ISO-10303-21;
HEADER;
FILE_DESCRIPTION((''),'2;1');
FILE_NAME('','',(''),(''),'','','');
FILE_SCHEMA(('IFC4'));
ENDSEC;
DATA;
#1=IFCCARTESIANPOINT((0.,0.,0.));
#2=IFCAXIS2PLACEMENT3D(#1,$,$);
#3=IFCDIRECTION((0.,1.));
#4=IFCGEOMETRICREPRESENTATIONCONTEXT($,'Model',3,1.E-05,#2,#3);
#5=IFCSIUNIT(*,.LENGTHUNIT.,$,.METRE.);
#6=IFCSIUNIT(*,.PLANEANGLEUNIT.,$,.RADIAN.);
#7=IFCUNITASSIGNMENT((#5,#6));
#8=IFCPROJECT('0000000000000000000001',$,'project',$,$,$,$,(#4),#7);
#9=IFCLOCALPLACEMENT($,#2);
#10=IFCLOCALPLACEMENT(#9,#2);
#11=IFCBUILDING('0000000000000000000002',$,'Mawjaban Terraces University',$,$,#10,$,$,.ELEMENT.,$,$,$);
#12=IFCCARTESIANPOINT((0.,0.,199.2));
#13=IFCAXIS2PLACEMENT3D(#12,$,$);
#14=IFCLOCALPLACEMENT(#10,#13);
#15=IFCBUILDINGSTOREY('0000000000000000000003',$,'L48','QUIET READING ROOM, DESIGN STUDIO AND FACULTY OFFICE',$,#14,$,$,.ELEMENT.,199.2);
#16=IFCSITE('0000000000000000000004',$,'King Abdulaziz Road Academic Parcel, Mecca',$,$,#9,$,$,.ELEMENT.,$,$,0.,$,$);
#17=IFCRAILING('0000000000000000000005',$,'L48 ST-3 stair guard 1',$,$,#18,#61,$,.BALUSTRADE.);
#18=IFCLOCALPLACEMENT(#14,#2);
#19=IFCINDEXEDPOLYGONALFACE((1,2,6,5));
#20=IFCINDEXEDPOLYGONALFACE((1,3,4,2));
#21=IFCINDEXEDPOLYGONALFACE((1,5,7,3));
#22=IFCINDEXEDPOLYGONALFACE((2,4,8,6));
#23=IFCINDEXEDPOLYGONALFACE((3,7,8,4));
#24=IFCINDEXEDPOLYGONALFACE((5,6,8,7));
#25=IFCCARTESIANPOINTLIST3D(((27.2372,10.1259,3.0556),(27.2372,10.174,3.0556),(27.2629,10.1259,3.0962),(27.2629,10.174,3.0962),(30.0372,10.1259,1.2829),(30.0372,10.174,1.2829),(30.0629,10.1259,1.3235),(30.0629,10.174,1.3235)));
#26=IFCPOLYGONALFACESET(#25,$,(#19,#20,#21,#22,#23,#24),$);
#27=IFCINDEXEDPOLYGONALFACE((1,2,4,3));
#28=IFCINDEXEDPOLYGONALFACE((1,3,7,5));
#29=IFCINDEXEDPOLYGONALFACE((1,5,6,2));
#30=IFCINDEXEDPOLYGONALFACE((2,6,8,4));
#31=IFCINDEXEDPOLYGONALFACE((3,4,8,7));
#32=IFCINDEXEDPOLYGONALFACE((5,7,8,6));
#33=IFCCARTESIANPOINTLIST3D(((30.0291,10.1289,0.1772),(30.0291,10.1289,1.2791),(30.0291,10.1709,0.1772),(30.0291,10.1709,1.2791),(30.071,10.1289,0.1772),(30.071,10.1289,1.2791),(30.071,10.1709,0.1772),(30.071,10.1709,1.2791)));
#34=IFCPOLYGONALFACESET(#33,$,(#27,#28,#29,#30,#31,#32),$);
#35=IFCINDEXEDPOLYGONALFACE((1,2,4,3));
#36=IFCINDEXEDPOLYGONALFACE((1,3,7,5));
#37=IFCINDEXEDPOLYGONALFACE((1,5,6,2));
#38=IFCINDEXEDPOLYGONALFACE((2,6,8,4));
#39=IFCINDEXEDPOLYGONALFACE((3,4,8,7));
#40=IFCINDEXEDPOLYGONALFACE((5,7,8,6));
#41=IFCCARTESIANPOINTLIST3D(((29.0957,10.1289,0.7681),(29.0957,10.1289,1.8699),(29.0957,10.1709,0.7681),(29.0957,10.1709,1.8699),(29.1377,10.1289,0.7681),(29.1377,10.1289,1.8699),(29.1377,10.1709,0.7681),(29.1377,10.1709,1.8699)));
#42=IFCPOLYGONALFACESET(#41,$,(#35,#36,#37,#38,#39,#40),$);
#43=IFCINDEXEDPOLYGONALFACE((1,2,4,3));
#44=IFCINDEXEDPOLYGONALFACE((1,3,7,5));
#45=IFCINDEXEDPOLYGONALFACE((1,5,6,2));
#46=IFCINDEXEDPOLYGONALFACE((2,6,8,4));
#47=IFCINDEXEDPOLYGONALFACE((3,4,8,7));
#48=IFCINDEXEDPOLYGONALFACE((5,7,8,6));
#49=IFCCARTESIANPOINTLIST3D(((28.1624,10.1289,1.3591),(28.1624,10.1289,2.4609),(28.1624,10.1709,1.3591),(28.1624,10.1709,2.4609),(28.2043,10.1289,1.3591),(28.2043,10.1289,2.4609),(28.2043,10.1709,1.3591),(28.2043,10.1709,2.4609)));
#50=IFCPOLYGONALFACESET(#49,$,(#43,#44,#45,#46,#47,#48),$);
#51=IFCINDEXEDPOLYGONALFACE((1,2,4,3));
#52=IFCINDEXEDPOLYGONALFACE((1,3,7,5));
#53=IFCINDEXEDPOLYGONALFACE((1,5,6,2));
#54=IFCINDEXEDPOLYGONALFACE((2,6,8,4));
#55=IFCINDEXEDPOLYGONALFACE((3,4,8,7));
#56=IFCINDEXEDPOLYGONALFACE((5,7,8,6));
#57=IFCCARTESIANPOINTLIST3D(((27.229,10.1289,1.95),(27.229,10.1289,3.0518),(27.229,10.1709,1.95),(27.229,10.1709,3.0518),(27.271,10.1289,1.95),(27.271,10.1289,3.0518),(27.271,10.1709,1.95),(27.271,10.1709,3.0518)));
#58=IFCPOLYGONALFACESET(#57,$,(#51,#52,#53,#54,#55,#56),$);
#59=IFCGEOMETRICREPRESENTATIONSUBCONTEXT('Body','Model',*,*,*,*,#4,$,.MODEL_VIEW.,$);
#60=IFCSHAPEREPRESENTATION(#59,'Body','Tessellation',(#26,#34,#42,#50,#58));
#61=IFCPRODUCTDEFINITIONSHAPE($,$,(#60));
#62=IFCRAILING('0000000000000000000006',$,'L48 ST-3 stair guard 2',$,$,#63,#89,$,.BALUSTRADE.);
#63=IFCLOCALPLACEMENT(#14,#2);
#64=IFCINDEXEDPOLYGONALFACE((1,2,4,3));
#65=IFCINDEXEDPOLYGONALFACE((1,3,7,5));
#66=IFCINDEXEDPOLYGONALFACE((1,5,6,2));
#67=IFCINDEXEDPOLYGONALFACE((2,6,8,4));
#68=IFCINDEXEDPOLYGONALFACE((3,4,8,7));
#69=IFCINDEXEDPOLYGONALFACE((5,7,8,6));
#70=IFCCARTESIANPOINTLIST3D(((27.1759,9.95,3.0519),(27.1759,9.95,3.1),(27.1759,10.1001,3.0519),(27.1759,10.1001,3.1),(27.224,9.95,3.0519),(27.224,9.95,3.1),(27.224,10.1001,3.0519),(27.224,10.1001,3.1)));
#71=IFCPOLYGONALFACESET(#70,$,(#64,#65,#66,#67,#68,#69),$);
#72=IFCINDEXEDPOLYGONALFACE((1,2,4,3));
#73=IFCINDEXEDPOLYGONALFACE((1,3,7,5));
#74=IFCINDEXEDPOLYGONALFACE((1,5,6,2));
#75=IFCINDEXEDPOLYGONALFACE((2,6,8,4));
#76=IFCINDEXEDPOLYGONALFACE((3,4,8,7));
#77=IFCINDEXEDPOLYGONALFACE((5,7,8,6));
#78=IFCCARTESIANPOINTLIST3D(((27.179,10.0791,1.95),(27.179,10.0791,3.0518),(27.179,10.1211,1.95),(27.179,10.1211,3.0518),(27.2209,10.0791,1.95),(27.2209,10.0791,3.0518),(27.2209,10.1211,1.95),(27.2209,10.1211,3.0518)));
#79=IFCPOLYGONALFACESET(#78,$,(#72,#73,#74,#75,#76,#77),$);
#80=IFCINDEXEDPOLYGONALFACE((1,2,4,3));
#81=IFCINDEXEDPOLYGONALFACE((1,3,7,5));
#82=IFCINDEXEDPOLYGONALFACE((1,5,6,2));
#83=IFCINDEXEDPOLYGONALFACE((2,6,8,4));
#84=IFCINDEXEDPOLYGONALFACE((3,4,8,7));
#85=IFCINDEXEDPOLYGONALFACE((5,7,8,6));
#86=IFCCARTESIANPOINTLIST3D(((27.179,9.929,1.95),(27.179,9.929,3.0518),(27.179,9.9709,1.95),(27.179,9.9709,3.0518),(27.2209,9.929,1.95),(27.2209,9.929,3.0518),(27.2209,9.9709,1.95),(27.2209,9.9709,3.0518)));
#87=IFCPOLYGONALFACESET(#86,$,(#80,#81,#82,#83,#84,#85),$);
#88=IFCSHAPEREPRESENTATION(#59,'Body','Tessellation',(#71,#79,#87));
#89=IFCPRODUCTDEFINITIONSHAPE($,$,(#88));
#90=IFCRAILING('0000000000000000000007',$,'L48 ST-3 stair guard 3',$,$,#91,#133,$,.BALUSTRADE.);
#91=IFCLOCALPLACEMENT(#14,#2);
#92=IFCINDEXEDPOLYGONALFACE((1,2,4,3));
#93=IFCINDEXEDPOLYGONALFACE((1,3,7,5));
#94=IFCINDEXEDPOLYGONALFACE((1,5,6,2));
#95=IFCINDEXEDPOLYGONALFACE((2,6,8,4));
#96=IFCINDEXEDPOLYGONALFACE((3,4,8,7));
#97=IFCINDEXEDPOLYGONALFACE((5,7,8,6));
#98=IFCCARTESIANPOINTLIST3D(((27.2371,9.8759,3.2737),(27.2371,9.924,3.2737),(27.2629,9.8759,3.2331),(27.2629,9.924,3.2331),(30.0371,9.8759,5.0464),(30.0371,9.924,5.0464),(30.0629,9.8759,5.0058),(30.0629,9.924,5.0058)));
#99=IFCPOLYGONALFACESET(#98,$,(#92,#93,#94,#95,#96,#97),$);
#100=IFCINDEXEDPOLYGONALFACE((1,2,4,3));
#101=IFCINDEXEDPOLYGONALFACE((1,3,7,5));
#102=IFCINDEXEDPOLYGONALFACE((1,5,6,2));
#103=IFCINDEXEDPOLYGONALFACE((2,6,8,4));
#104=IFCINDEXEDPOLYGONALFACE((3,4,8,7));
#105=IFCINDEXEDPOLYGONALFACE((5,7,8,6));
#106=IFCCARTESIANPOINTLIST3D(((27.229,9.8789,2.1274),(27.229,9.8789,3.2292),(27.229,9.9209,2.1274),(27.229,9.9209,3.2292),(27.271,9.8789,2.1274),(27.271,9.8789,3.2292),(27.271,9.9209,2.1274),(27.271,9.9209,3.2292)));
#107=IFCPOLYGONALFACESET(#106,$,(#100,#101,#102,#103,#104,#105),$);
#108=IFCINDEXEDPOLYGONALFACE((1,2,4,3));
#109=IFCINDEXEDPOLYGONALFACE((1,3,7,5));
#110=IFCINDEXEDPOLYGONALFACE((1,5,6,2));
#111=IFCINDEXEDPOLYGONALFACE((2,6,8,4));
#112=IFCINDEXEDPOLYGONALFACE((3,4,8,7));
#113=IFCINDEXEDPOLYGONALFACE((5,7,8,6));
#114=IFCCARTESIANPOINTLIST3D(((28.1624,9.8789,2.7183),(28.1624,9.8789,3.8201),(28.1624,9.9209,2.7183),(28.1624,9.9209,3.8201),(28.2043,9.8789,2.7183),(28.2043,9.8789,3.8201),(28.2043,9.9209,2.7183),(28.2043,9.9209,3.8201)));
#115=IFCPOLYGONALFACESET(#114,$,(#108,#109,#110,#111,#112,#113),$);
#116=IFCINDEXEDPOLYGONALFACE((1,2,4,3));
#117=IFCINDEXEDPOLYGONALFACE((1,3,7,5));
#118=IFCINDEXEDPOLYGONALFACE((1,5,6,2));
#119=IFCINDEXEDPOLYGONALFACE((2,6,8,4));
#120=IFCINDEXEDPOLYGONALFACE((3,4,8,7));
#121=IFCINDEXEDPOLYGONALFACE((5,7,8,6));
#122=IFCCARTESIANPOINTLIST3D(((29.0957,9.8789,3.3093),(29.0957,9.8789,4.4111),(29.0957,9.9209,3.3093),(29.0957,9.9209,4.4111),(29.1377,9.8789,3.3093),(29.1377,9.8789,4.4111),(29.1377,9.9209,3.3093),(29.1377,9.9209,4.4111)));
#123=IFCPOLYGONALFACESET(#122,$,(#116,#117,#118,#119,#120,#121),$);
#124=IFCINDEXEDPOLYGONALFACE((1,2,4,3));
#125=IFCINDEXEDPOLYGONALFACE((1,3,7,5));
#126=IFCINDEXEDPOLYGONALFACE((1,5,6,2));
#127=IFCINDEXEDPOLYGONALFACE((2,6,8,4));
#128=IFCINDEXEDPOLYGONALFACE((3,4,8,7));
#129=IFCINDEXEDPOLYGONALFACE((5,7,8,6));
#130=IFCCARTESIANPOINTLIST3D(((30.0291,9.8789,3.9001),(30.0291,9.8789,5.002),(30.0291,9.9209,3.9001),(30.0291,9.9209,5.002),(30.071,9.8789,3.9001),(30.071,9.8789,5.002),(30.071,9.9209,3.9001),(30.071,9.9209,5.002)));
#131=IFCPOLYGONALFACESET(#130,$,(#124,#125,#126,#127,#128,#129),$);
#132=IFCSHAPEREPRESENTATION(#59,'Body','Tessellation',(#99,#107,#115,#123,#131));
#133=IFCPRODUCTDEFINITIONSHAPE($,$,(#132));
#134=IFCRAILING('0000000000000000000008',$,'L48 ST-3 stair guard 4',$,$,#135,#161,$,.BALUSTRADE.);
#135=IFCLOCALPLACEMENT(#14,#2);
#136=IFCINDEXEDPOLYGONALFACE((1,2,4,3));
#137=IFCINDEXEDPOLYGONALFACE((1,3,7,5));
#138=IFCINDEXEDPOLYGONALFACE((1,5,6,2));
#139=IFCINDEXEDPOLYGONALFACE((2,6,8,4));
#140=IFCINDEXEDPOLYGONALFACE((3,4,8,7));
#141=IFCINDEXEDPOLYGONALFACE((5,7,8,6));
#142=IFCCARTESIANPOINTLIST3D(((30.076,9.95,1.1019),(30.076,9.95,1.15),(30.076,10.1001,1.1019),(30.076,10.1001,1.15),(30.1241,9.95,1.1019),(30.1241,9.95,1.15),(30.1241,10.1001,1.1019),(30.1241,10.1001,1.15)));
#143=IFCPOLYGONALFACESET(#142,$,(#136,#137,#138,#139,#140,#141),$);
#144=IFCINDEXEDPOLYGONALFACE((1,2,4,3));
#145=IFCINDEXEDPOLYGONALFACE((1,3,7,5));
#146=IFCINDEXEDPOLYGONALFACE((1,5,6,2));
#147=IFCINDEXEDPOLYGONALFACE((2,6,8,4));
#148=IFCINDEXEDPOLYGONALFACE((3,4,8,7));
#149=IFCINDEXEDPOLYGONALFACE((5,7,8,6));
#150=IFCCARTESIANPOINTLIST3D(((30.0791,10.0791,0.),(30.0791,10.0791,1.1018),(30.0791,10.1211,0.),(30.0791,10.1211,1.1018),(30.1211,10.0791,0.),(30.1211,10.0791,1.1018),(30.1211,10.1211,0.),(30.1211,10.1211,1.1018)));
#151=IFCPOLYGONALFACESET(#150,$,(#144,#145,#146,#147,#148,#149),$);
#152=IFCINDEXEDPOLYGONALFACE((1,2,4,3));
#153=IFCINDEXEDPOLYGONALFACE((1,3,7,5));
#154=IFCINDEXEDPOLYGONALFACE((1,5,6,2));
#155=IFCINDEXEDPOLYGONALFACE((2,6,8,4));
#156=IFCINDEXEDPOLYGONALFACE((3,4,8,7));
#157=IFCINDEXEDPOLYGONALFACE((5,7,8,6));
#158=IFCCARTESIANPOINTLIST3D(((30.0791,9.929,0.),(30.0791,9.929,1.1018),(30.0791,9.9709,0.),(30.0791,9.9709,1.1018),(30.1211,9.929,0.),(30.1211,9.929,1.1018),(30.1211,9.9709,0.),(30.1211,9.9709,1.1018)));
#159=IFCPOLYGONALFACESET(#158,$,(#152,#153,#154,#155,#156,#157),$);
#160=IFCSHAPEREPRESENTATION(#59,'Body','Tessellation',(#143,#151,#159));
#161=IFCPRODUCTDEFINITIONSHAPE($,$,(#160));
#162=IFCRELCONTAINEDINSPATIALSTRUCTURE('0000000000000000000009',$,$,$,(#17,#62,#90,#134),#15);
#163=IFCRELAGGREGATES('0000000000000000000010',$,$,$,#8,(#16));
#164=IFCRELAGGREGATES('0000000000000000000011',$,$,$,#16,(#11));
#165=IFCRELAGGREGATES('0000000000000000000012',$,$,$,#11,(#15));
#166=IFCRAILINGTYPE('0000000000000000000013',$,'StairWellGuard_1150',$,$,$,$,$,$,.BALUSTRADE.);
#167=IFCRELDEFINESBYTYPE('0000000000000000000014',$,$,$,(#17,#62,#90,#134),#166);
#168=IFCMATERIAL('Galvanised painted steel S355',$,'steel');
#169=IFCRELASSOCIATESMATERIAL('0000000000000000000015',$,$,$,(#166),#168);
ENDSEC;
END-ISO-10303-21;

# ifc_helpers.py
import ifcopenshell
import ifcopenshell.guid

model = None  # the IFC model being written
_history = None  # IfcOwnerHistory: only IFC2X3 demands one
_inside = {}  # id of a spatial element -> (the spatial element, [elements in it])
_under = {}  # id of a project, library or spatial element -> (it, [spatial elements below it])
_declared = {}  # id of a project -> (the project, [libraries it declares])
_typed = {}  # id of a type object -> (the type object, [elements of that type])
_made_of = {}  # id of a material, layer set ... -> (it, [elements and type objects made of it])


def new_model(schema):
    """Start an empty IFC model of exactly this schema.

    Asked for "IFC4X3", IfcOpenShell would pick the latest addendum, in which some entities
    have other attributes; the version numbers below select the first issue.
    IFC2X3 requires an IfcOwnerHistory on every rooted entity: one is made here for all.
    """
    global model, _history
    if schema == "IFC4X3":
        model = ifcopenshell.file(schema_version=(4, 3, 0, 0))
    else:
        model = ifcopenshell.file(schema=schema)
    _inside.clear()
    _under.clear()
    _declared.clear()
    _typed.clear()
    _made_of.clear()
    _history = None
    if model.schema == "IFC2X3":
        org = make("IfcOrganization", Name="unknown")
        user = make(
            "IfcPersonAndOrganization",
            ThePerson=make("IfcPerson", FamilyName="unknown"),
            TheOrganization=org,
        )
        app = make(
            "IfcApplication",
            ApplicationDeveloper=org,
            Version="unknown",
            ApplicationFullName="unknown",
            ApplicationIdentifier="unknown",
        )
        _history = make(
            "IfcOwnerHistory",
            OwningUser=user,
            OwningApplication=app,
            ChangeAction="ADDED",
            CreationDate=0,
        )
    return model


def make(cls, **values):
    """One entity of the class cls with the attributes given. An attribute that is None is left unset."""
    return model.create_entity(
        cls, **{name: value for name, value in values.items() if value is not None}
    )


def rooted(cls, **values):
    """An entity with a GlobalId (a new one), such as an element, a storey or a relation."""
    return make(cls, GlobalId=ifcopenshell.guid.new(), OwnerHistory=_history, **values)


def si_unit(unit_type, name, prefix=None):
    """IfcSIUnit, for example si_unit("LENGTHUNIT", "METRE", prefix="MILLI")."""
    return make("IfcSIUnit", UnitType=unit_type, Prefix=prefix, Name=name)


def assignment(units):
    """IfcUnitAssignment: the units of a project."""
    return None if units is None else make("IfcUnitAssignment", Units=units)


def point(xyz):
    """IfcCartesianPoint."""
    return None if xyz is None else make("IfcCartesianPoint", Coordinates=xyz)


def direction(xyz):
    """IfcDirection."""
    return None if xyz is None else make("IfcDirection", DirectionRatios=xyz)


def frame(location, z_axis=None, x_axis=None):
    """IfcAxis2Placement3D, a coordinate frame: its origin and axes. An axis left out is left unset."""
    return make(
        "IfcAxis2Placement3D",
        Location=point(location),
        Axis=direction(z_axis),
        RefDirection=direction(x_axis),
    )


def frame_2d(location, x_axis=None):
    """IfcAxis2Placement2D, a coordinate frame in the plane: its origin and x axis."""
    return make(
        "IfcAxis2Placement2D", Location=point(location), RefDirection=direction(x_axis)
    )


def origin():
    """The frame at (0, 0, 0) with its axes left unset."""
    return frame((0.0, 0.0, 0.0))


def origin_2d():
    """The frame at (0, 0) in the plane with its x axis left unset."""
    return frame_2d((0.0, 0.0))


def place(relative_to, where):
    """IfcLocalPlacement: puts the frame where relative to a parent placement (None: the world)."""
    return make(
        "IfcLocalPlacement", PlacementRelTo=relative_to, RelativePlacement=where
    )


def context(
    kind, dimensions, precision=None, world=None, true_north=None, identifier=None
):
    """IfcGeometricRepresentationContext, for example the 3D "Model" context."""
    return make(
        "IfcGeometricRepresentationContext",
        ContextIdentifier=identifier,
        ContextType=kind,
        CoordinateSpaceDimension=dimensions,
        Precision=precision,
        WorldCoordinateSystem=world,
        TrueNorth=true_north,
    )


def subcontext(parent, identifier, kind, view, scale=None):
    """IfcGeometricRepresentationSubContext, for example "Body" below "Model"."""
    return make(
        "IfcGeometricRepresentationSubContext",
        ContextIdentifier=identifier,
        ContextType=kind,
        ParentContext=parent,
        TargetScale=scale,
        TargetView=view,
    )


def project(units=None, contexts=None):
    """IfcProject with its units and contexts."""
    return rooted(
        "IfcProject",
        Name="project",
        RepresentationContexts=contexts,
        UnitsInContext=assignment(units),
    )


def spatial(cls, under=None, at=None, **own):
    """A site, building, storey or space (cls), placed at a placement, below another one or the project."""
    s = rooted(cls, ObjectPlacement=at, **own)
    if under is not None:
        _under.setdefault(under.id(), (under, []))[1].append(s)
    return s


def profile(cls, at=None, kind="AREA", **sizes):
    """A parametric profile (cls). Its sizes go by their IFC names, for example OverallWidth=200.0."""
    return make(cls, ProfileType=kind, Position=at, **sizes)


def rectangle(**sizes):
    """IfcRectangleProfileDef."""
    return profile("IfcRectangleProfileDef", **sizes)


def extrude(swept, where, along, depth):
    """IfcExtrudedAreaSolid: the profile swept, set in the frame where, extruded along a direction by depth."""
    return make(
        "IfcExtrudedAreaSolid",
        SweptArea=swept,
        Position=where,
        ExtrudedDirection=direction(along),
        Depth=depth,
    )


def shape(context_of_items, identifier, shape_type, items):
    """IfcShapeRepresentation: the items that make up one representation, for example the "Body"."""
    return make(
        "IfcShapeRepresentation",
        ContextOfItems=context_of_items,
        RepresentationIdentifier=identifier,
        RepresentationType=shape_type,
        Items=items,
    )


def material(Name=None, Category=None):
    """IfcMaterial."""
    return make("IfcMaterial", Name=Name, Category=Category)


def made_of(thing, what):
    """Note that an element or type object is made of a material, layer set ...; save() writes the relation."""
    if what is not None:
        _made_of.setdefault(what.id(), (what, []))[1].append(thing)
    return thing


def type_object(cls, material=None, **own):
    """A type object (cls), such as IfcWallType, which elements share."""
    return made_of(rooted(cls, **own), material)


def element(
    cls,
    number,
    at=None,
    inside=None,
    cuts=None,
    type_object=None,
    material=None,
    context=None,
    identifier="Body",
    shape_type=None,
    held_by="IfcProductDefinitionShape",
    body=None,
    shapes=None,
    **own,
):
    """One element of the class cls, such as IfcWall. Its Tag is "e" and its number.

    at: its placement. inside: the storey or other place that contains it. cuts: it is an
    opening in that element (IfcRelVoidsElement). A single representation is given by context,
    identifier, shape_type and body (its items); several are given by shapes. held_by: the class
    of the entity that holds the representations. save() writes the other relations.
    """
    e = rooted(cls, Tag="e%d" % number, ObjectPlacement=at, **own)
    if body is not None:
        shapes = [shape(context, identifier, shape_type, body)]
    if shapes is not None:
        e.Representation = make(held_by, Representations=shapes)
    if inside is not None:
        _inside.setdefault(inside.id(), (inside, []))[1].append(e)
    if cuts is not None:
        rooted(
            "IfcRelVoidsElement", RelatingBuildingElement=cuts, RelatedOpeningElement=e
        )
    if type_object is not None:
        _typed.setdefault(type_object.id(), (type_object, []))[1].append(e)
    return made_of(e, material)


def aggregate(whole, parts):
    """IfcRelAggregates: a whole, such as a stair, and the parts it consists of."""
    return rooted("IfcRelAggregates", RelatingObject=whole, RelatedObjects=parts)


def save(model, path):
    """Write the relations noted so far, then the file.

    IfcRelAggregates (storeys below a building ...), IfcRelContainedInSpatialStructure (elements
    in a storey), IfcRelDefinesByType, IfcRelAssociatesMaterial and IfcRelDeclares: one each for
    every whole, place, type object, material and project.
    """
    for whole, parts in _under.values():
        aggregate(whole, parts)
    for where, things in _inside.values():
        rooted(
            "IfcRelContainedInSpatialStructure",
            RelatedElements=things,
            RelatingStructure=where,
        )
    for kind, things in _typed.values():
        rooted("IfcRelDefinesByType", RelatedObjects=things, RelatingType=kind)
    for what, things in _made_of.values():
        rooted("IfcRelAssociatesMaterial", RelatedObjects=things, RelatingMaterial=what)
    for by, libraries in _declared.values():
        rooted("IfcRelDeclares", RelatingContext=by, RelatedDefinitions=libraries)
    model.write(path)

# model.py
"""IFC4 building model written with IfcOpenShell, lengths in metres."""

from ifc_helpers import new_model, si_unit, direction, frame, origin, origin_2d, place, context, subcontext, project, spatial, rectangle, extrude, material, type_object, element, save


model = new_model("IFC4")

# Units and contexts
model_context = context("Model", 3, precision=1e-05, world=origin(), true_north=direction((0.0, 1.0)))
body_context = subcontext(model_context, "Body", "Model", "MODEL_VIEW")
ifc_project = project(units=[si_unit("LENGTHUNIT", "METRE"), si_unit("PLANEANGLEUNIT", "RADIAN")], contexts=[model_context])

# Site, building, storey
site_placement = place(None, origin())
site = spatial("IfcSite", under=ifc_project, at=site_placement, Name="King Abdulaziz Road Academic Parcel, Mecca", CompositionType="ELEMENT", RefElevation=0.0)
building_placement = place(site_placement, origin())
building = spatial("IfcBuilding", under=site, at=building_placement, Name="Mawjaban Terraces University", CompositionType="ELEMENT")
storey_placement = place(building_placement, frame((0.0, 0.0, 199.2)))
storey = spatial("IfcBuildingStorey", under=building, at=storey_placement, Name="L48", Description="QUIET READING ROOM, DESIGN STUDIO AND FACULTY OFFICE", CompositionType="ELEMENT", Elevation=199.2)

# Railings
ifc_material_1 = material(Name="Galvanised painted steel S355", Category="steel")
railing_type_1 = type_object("IfcRailingType", Name="StairWellGuard_1150", PredefinedType="BALUSTRADE", material=ifc_material_1)
railing_1_placement = place(storey_placement, frame((30.05, 10.1499, 0.1772)))
element("IfcRailing", 1, at=railing_1_placement, inside=storey, type_object=railing_type_1, Name="L48 ST-3 stair guard 1", PredefinedType="BALUSTRADE", context=body_context, shape_type="SweptSolid", body=[
    extrude(rectangle(XDim=0.0481, YDim=0.0481, at=origin_2d()), frame((0.0, 0.0, 1.126), z_axis=(-0.844909, 0.0, 0.53491), x_axis=(0.0, -1.0, 0.0)), (0.0, 0.0, 1.0), 3.314),
    extrude(rectangle(XDim=0.042, YDim=0.042, at=origin_2d()), origin(), (0.0, 0.0, 1.0), 1.1018),
    extrude(rectangle(XDim=0.042, YDim=0.042, at=origin_2d()), frame((-0.9333, 0.0, 0.5908)), (0.0, 0.0, 1.0), 1.1018),
    extrude(rectangle(XDim=0.042, YDim=0.042, at=origin_2d()), frame((-1.8667, 0.0, 1.1819)), (0.0, 0.0, 1.0), 1.1018),
    extrude(rectangle(XDim=0.042, YDim=0.042, at=origin_2d()), frame((-2.8, 0.0, 1.7727)), (0.0, 0.0, 1.0), 1.1018),
])
railing_2_placement = place(storey_placement, frame((27.2, 10.1001, 1.95)))
element("IfcRailing", 2, at=railing_2_placement, inside=storey, type_object=railing_type_1, Name="L48 ST-3 stair guard 2", PredefinedType="BALUSTRADE", context=body_context, shape_type="SweptSolid", body=[
    extrude(rectangle(XDim=0.0481, YDim=0.0481, at=origin_2d()), frame((0.0, 0.0, 1.126), z_axis=(0.0, -1.0, 0.0), x_axis=(1.0, 0.0, 0.0)), (0.0, 0.0, 1.0), 0.1501),
    extrude(rectangle(XDim=0.042, YDim=0.042, at=origin_2d()), origin(), (0.0, 0.0, 1.0), 1.1018),
    extrude(rectangle(XDim=0.042, YDim=0.042, at=origin_2d()), frame((0.0, -0.1501, 0.0)), (0.0, 0.0, 1.0), 1.1018),
])
railing_3_placement = place(storey_placement, frame((27.25, 9.8999, 2.1274)))
element("IfcRailing", 3, at=railing_3_placement, inside=storey, type_object=railing_type_1, Name="L48 ST-3 stair guard 3", PredefinedType="BALUSTRADE", context=body_context, shape_type="SweptSolid", body=[
    extrude(rectangle(XDim=0.0481, YDim=0.0481, at=origin_2d()), frame((0.0, 0.0, 1.126), z_axis=(0.844909, 0.0, 0.53491), x_axis=(0.0, 1.0, 0.0)), (0.0, 0.0, 1.0), 3.314),
    extrude(rectangle(XDim=0.042, YDim=0.042, at=origin_2d()), origin(), (0.0, 0.0, 1.0), 1.1018),
    extrude(rectangle(XDim=0.042, YDim=0.042, at=origin_2d()), frame((0.9333, 0.0, 0.5908)), (0.0, 0.0, 1.0), 1.1018),
    extrude(rectangle(XDim=0.042, YDim=0.042, at=origin_2d()), frame((1.8667, 0.0, 1.1819)), (0.0, 0.0, 1.0), 1.1018),
    extrude(rectangle(XDim=0.042, YDim=0.042, at=origin_2d()), frame((2.8, 0.0, 1.7727)), (0.0, 0.0, 1.0), 1.1018),
])
railing_4_placement = place(storey_placement, frame((30.1001, 10.1001, 0.0)))
element("IfcRailing", 4, at=railing_4_placement, inside=storey, type_object=railing_type_1, Name="L48 ST-3 stair guard 4", PredefinedType="BALUSTRADE", context=body_context, shape_type="SweptSolid", body=[
    extrude(rectangle(XDim=0.0481, YDim=0.0481, at=origin_2d()), frame((0.0, 0.0, 1.126), z_axis=(0.0, -1.0, 0.0), x_axis=(1.0, 0.0, 0.0)), (0.0, 0.0, 1.0), 0.1501),
    extrude(rectangle(XDim=0.042, YDim=0.042, at=origin_2d()), origin(), (0.0, 0.0, 1.0), 1.1018),
    extrude(rectangle(XDim=0.042, YDim=0.042, at=origin_2d()), frame((0.0, -0.1501, 0.0)), (0.0, 0.0, 1.0), 1.1018),
])

save(model, "model.ifc")
